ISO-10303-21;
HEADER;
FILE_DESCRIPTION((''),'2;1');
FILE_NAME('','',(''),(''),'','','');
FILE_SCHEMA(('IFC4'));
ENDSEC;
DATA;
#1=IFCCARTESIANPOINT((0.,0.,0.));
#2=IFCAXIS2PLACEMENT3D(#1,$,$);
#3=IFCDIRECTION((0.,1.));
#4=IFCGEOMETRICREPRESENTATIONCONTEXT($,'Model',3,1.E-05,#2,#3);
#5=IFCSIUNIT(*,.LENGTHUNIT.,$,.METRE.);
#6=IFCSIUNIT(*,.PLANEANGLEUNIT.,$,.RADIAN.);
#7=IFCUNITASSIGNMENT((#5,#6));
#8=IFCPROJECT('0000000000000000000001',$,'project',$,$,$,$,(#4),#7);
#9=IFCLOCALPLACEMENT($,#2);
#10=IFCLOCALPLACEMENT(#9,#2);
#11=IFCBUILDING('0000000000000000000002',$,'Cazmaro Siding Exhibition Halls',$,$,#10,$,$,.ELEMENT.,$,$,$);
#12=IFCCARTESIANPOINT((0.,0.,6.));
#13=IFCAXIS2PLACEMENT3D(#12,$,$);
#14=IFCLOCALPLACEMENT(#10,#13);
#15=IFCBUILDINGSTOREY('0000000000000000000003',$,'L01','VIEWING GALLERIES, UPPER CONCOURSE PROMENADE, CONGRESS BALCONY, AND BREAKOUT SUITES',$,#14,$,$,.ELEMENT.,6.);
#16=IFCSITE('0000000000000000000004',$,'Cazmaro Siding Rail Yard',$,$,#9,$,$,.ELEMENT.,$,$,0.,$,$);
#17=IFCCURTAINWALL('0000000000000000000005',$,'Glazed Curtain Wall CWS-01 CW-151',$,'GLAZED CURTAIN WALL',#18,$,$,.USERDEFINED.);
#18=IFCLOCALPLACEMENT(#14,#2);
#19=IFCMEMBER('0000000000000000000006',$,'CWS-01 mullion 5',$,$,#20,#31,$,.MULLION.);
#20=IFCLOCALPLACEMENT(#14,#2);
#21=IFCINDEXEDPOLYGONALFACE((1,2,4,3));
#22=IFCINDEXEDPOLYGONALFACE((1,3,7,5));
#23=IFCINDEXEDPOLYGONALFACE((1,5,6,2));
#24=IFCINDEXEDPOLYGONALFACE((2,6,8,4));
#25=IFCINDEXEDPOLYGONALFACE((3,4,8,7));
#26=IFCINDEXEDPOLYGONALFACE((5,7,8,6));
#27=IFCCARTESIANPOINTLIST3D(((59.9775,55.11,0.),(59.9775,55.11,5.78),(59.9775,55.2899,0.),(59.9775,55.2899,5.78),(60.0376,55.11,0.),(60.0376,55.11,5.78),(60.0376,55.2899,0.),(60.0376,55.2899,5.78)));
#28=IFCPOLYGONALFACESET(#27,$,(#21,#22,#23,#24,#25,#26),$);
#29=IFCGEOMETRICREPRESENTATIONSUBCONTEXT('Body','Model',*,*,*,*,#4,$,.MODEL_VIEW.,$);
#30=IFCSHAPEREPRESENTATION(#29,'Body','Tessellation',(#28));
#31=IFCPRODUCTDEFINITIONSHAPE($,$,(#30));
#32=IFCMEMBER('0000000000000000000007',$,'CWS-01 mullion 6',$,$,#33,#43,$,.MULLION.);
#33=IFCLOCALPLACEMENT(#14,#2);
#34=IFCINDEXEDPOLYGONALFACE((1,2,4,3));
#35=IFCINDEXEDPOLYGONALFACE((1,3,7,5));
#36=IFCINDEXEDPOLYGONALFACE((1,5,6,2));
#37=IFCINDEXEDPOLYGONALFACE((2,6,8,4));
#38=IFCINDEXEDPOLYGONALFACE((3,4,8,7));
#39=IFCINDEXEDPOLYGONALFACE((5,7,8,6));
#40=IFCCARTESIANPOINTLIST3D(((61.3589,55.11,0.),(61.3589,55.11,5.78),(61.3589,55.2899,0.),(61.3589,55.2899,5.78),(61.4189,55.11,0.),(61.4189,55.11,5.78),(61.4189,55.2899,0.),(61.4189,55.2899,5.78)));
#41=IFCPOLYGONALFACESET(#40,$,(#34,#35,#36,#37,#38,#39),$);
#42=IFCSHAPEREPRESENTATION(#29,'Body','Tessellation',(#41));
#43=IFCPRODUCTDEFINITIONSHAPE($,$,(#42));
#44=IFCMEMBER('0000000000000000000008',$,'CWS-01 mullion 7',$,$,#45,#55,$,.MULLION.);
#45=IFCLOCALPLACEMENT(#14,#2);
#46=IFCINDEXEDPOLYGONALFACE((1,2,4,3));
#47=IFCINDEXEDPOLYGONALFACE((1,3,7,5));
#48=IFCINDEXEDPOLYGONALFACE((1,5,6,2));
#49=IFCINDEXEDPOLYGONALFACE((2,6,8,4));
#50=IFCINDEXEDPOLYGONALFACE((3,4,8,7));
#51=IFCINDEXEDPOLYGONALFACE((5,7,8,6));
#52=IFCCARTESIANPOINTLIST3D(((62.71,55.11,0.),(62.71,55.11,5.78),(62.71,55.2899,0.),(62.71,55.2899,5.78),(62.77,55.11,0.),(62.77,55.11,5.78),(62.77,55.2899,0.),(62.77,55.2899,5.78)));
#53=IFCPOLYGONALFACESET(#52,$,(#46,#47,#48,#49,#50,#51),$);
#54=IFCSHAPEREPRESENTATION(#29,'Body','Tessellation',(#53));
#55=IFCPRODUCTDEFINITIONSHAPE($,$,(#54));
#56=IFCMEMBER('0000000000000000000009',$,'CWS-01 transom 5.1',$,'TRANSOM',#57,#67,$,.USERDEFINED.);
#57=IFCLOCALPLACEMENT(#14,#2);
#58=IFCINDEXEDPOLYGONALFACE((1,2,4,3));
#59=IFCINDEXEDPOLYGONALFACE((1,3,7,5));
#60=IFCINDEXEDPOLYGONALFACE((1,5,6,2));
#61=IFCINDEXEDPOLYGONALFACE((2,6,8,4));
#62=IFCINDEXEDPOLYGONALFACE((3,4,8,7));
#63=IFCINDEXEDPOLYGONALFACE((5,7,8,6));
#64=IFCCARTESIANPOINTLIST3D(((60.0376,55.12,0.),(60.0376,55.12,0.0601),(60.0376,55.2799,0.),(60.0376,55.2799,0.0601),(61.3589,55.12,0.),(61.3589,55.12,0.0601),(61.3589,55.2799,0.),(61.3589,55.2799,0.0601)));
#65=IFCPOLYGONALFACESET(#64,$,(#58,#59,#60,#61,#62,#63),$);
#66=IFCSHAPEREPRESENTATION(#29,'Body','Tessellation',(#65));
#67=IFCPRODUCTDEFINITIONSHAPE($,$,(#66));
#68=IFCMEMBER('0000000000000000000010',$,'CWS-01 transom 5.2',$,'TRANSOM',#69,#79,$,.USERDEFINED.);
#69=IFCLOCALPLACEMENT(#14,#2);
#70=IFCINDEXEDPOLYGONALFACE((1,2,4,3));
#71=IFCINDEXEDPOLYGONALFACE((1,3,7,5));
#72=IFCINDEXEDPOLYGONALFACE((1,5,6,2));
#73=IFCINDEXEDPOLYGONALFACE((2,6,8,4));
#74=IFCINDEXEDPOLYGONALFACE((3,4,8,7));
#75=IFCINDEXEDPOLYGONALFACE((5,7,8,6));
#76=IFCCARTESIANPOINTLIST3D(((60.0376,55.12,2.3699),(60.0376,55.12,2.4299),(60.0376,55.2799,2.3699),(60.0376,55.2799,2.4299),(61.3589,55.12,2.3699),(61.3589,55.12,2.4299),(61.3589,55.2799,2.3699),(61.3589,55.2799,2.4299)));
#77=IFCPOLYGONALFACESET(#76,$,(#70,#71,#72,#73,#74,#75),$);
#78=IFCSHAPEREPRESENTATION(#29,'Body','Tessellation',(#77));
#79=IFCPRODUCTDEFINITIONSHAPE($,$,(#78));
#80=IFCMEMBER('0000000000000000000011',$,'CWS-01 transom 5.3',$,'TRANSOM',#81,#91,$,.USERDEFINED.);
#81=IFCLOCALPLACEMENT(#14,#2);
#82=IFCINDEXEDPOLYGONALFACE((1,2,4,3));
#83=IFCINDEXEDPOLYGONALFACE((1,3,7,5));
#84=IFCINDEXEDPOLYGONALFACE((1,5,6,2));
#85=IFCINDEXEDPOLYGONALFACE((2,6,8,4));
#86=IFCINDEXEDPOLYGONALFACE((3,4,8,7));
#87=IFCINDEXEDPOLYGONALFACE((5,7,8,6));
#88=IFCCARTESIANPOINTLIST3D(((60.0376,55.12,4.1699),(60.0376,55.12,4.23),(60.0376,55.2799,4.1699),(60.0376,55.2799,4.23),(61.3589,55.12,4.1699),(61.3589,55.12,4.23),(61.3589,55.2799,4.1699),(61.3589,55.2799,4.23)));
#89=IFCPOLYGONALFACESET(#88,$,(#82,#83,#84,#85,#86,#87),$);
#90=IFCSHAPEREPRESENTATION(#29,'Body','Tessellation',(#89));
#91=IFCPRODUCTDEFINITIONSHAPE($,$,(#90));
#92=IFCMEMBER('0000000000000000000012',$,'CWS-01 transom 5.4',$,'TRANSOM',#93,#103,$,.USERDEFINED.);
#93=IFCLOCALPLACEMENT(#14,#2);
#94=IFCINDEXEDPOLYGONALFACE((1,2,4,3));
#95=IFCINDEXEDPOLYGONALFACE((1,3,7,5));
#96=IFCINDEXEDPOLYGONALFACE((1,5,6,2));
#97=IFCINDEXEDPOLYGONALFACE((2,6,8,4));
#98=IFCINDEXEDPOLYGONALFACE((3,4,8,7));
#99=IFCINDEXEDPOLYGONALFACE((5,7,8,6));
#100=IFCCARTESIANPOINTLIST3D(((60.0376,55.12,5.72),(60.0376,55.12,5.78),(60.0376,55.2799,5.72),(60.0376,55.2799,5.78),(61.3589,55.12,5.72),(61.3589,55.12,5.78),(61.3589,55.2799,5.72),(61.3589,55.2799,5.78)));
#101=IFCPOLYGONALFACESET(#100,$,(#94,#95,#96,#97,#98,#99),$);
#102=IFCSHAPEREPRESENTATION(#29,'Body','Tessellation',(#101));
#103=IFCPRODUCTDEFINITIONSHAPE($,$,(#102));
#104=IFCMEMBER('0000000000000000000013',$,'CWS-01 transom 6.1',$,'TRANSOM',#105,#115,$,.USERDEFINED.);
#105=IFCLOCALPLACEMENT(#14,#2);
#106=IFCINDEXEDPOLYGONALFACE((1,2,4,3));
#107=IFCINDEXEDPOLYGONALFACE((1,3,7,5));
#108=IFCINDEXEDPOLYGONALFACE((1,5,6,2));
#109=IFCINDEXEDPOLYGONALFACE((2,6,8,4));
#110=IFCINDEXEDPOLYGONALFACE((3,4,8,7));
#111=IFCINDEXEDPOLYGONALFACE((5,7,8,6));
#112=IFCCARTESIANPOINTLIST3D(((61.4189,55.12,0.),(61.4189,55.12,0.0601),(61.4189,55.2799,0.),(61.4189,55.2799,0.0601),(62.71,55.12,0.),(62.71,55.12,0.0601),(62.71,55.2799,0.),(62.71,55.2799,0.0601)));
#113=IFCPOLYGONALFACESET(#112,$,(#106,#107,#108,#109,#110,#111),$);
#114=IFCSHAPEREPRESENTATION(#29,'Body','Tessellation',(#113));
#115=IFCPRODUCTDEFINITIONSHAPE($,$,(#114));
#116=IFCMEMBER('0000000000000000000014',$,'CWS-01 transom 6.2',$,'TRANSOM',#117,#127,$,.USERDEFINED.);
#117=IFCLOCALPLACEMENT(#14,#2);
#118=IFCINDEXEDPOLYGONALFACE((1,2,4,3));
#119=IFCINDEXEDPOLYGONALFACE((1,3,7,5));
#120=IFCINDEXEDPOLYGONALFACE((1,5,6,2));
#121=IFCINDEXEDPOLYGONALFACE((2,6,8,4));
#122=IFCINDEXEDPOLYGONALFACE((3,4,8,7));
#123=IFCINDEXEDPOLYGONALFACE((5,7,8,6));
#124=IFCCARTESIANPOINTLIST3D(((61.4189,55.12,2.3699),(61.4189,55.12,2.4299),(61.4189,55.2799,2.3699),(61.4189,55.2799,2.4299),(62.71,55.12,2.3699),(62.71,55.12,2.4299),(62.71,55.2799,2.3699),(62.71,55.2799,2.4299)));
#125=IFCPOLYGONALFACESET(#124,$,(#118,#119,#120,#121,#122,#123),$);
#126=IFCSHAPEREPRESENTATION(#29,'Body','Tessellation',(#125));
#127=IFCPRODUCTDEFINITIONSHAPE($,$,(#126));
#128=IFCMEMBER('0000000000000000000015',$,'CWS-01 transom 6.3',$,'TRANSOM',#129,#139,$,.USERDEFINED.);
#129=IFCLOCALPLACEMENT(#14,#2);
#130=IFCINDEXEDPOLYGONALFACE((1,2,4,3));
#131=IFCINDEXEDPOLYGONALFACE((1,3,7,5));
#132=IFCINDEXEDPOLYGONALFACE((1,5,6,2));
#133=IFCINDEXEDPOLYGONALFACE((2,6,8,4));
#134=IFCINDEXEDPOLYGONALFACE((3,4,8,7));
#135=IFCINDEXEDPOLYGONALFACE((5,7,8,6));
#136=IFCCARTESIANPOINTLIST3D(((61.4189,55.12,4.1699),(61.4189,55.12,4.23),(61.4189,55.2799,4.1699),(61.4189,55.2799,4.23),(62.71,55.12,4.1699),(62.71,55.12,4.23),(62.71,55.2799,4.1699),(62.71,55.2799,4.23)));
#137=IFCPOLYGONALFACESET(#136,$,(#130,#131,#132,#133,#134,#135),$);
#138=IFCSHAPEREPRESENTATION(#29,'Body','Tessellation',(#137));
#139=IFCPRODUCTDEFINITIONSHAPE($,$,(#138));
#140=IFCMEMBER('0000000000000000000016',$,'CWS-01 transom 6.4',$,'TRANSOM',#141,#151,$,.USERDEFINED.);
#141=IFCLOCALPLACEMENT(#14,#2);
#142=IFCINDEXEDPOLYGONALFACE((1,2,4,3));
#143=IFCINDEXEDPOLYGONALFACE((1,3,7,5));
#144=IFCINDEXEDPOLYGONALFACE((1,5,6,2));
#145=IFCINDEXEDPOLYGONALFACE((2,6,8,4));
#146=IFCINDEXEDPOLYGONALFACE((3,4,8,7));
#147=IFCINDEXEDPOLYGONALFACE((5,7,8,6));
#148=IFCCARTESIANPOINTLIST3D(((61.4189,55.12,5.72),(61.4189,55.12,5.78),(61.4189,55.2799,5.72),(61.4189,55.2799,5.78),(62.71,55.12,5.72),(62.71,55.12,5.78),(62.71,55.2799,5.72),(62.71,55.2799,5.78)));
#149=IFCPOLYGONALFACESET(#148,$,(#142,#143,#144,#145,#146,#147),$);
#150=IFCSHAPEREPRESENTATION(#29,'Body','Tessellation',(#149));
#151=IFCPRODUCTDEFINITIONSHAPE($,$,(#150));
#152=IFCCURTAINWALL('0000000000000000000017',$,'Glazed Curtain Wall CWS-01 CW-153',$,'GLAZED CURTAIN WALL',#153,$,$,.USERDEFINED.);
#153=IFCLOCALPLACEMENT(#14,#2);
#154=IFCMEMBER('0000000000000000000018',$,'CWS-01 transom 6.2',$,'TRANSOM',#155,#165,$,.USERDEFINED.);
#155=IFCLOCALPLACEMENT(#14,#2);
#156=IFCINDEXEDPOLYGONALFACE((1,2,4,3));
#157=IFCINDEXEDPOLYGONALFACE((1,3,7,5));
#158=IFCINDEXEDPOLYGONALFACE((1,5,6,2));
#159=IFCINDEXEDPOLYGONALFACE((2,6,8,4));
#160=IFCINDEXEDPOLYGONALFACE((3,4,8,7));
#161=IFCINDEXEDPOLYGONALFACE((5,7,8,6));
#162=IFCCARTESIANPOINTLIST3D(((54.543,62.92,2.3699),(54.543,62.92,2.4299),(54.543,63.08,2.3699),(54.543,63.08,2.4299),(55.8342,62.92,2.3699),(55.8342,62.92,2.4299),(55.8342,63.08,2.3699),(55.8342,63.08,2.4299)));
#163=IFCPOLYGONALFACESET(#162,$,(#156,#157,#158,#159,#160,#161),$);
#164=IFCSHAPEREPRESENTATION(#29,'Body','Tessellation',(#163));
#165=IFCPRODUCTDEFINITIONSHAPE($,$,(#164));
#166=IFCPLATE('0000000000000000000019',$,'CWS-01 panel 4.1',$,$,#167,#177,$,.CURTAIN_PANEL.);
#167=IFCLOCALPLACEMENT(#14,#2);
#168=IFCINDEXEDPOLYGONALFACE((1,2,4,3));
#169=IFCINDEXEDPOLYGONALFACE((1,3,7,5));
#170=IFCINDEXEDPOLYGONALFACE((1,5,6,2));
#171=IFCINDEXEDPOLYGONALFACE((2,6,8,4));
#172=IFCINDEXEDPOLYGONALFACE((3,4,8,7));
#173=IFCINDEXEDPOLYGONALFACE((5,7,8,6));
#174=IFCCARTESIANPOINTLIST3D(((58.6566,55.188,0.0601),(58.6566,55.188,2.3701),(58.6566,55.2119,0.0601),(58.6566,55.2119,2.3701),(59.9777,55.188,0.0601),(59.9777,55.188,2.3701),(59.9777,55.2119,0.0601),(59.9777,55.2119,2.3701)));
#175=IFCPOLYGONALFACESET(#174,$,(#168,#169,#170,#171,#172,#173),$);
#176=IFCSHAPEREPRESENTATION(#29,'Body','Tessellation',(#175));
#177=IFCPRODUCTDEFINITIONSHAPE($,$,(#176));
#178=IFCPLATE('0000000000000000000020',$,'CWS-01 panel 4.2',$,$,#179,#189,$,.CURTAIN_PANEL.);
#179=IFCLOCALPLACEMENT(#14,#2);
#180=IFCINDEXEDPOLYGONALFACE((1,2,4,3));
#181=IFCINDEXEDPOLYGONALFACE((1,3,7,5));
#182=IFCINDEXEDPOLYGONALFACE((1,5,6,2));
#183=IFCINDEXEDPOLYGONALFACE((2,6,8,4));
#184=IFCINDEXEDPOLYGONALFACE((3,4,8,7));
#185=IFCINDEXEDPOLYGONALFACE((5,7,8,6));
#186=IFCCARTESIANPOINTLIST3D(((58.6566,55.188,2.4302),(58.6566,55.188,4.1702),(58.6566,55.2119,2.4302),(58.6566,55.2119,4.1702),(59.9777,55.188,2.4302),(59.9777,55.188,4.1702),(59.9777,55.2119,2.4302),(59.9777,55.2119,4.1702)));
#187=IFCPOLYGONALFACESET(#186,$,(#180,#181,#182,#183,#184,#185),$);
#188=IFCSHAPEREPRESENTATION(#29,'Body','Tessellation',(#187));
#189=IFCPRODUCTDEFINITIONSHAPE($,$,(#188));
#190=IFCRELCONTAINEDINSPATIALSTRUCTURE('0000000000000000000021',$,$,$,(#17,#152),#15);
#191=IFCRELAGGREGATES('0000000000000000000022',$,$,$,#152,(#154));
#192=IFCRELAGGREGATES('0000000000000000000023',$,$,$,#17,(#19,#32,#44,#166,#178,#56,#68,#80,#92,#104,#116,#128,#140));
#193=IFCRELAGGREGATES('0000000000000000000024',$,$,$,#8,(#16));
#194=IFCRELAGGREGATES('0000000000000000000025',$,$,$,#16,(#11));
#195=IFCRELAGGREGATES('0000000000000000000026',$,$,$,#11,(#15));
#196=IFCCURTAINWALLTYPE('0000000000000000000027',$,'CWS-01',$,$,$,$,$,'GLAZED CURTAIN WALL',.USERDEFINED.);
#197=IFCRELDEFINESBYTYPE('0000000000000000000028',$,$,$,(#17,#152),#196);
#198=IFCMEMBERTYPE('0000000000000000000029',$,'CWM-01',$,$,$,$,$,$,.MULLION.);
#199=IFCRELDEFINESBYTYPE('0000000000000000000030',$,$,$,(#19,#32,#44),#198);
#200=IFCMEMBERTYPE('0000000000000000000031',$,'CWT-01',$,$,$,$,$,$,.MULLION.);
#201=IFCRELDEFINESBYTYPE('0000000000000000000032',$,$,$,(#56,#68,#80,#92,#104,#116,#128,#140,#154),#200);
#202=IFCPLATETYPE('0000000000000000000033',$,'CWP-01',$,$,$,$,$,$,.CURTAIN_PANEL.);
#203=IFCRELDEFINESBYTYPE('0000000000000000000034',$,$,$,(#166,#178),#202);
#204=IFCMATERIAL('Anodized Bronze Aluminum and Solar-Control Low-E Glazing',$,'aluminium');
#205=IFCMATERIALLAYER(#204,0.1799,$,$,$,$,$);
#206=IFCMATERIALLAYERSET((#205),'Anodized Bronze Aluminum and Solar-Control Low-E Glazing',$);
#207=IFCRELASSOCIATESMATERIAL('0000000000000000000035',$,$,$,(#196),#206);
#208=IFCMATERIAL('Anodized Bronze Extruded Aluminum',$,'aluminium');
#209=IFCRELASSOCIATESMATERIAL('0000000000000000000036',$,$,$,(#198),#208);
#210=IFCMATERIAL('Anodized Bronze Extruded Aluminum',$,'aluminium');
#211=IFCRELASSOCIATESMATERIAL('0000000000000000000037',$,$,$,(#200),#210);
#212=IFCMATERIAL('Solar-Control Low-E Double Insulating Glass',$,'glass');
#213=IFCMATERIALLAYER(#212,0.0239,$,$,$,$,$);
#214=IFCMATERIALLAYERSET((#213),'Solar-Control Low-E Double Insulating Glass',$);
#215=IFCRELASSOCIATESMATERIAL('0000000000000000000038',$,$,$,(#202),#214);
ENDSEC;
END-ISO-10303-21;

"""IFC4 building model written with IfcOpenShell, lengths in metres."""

from ifc_helpers import new_model, si_unit, direction, frame, origin, origin_2d, place, context, subcontext, project, spatial, rectangle, extrude, material, layer, layer_set, material_profile, profile_set, type_object, element, aggregate, save


model = new_model("IFC4")

# Units and contexts
model_context = context("Model", 3, precision=1e-05, world=origin(), true_north=direction((0.0, 1.0)))
body_context = subcontext(model_context, "Body", "Model", "MODEL_VIEW")
ifc_project = project(units=[si_unit("LENGTHUNIT", "METRE"), si_unit("PLANEANGLEUNIT", "RADIAN")], contexts=[model_context])

# Site, building, storey
site_placement = place(None, origin())
site = spatial("IfcSite", under=ifc_project, at=site_placement, Name="Cazmaro Siding Rail Yard", CompositionType="ELEMENT", RefElevation=0.0)
building_placement = place(site_placement, origin())
building = spatial("IfcBuilding", under=site, at=building_placement, Name="Cazmaro Siding Exhibition Halls", CompositionType="ELEMENT")
storey_placement = place(building_placement, frame((0.0, 0.0, 6.0)))
storey = spatial("IfcBuildingStorey", under=building, at=storey_placement, Name="L01", Description="VIEWING GALLERIES, UPPER CONCOURSE PROMENADE, CONGRESS BALCONY, AND BREAKOUT SUITES", CompositionType="ELEMENT", Elevation=6.0)

# Curtain wall, members
ifc_material_1 = material(Name="Anodized Bronze Aluminum and Solar-Control Low-E Glazing", Category="aluminium")
ifc_layer_1 = layer(ifc_material_1, 0.1799)
ifc_layer_set_1 = layer_set([ifc_layer_1], Name="Anodized Bronze Aluminum and Solar-Control Low-E Glazing")
curtain_wall_type = type_object("IfcCurtainWallType", Name="CWS-01", ElementType="GLAZED CURTAIN WALL", PredefinedType="USERDEFINED", material=ifc_layer_set_1)
curtain_wall_1_placement = place(storey_placement, origin())
curtain_wall_1 = element("IfcCurtainWall", 1, at=curtain_wall_1_placement, inside=storey, type_object=curtain_wall_type, Name="Glazed Curtain Wall CWS-01 CW-151", ObjectType="GLAZED CURTAIN WALL", PredefinedType="USERDEFINED")
ifc_material_2 = material(Name="Anodized Bronze Extruded Aluminum", Category="aluminium")
ifc_material_profile_1 = material_profile(ifc_material_2, rectangle(XDim=0.1799, YDim=0.0601, at=origin_2d()), Name="CWM-01")
ifc_profile_set_1 = profile_set([ifc_material_profile_1], Name="Anodized Bronze Extruded Aluminum")
member_type_1 = type_object("IfcMemberType", Name="CWM-01", PredefinedType="MULLION", material=ifc_profile_set_1)
member_1_placement = place(storey_placement, frame((60.0076, 55.2, 0.0), z_axis=(0.0, 0.0, 1.0), x_axis=(0.0, 1.0, 0.0)))
member_1 = element("IfcMember", 2, at=member_1_placement, type_object=member_type_1, Name="CWS-01 mullion 5", PredefinedType="MULLION", context=body_context, shape_type="SweptSolid", body=[
    extrude(rectangle(XDim=0.1799, YDim=0.0601, at=origin_2d()), origin(), (0.0, 0.0, 1.0), 5.78),
])
member_2_placement = place(storey_placement, frame((61.3889, 55.2, 0.0), z_axis=(0.0, 0.0, 1.0), x_axis=(0.0, 1.0, 0.0)))
member_2 = element("IfcMember", 3, at=member_2_placement, type_object=member_type_1, Name="CWS-01 mullion 6", PredefinedType="MULLION", context=body_context, shape_type="SweptSolid", body=[
    extrude(rectangle(XDim=0.1799, YDim=0.0601, at=origin_2d()), origin(), (0.0, 0.0, 1.0), 5.78),
])
member_3_placement = place(storey_placement, frame((62.74, 55.2, 0.0), z_axis=(0.0, 0.0, 1.0), x_axis=(0.0, 1.0, 0.0)))
member_3 = element("IfcMember", 4, at=member_3_placement, type_object=member_type_1, Name="CWS-01 mullion 7", PredefinedType="MULLION", context=body_context, shape_type="SweptSolid", body=[
    extrude(rectangle(XDim=0.1799, YDim=0.0601, at=origin_2d()), origin(), (0.0, 0.0, 1.0), 5.78),
])
ifc_material_3 = material(Name="Anodized Bronze Extruded Aluminum", Category="aluminium")
ifc_material_profile_2 = material_profile(ifc_material_3, rectangle(XDim=0.1599, YDim=0.0601, at=origin_2d()), Name="CWT-01")
ifc_profile_set_2 = profile_set([ifc_material_profile_2], Name="Anodized Bronze Extruded Aluminum")
member_type_2 = type_object("IfcMemberType", Name="CWT-01", PredefinedType="MULLION", material=ifc_profile_set_2)
member_4_placement = place(storey_placement, frame((60.0376, 55.2, 0.03), z_axis=(1.0, 0.0, 0.0), x_axis=(0.0, 1.0, 0.0)))
member_4 = element("IfcMember", 5, at=member_4_placement, type_object=member_type_2, Name="CWS-01 transom 5.1", ObjectType="TRANSOM", PredefinedType="USERDEFINED", context=body_context, shape_type="SweptSolid", body=[
    extrude(rectangle(XDim=0.1599, YDim=0.0601, at=origin_2d()), origin(), (0.0, 0.0, 1.0), 1.3213),
])
member_5_placement = place(storey_placement, frame((60.0376, 55.2, 2.3999), z_axis=(1.0, 0.0, 0.0), x_axis=(0.0, 1.0, 0.0)))
member_5 = element("IfcMember", 6, at=member_5_placement, type_object=member_type_2, Name="CWS-01 transom 5.2", ObjectType="TRANSOM", PredefinedType="USERDEFINED", context=body_context, shape_type="SweptSolid", body=[
    extrude(rectangle(XDim=0.1599, YDim=0.0601, at=origin_2d()), origin(), (0.0, 0.0, 1.0), 1.3213),
])
member_6_placement = place(storey_placement, frame((60.0376, 55.2, 4.2), z_axis=(1.0, 0.0, 0.0), x_axis=(0.0, 1.0, 0.0)))
member_6 = element("IfcMember", 7, at=member_6_placement, type_object=member_type_2, Name="CWS-01 transom 5.3", ObjectType="TRANSOM", PredefinedType="USERDEFINED", context=body_context, shape_type="SweptSolid", body=[
    extrude(rectangle(XDim=0.1599, YDim=0.0601, at=origin_2d()), origin(), (0.0, 0.0, 1.0), 1.3213),
])
member_7_placement = place(storey_placement, frame((60.0376, 55.2, 5.75), z_axis=(1.0, 0.0, 0.0), x_axis=(0.0, 1.0, 0.0)))
member_7 = element("IfcMember", 8, at=member_7_placement, type_object=member_type_2, Name="CWS-01 transom 5.4", ObjectType="TRANSOM", PredefinedType="USERDEFINED", context=body_context, shape_type="SweptSolid", body=[
    extrude(rectangle(XDim=0.1599, YDim=0.0601, at=origin_2d()), origin(), (0.0, 0.0, 1.0), 1.3213),
])
member_8_placement = place(storey_placement, frame((61.4189, 55.2, 0.03), z_axis=(1.0, 0.0, 0.0), x_axis=(0.0, 1.0, 0.0)))
member_8 = element("IfcMember", 9, at=member_8_placement, type_object=member_type_2, Name="CWS-01 transom 6.1", ObjectType="TRANSOM", PredefinedType="USERDEFINED", context=body_context, shape_type="SweptSolid", body=[
    extrude(rectangle(XDim=0.1599, YDim=0.0601, at=origin_2d()), origin(), (0.0, 0.0, 1.0), 1.291),
])
member_9_placement = place(storey_placement, frame((61.4189, 55.2, 2.3999), z_axis=(1.0, 0.0, 0.0), x_axis=(0.0, 1.0, 0.0)))
member_9 = element("IfcMember", 10, at=member_9_placement, type_object=member_type_2, Name="CWS-01 transom 6.2", ObjectType="TRANSOM", PredefinedType="USERDEFINED", context=body_context, shape_type="SweptSolid", body=[
    extrude(rectangle(XDim=0.1599, YDim=0.0601, at=origin_2d()), origin(), (0.0, 0.0, 1.0), 1.291),
])
member_10_placement = place(storey_placement, frame((61.4189, 55.2, 4.2), z_axis=(1.0, 0.0, 0.0), x_axis=(0.0, 1.0, 0.0)))
member_10 = element("IfcMember", 11, at=member_10_placement, type_object=member_type_2, Name="CWS-01 transom 6.3", ObjectType="TRANSOM", PredefinedType="USERDEFINED", context=body_context, shape_type="SweptSolid", body=[
    extrude(rectangle(XDim=0.1599, YDim=0.0601, at=origin_2d()), origin(), (0.0, 0.0, 1.0), 1.291),
])
member_11_placement = place(storey_placement, frame((61.4189, 55.2, 5.75), z_axis=(1.0, 0.0, 0.0), x_axis=(0.0, 1.0, 0.0)))
member_11 = element("IfcMember", 12, at=member_11_placement, type_object=member_type_2, Name="CWS-01 transom 6.4", ObjectType="TRANSOM", PredefinedType="USERDEFINED", context=body_context, shape_type="SweptSolid", body=[
    extrude(rectangle(XDim=0.1599, YDim=0.0601, at=origin_2d()), origin(), (0.0, 0.0, 1.0), 1.291),
])

# Curtain wall, member
curtain_wall_2_placement = place(storey_placement, origin())
curtain_wall_2 = element("IfcCurtainWall", 13, at=curtain_wall_2_placement, inside=storey, type_object=curtain_wall_type, Name="Glazed Curtain Wall CWS-01 CW-153", ObjectType="GLAZED CURTAIN WALL", PredefinedType="USERDEFINED")
member_12_placement = place(storey_placement, frame((55.8342, 63.0, 2.3999), z_axis=(-1.0, 0.0, 0.0), x_axis=(0.0, -1.0, 0.0)))
member_12 = element("IfcMember", 14, at=member_12_placement, type_object=member_type_2, Name="CWS-01 transom 6.2", ObjectType="TRANSOM", PredefinedType="USERDEFINED", context=body_context, shape_type="SweptSolid", body=[
    extrude(rectangle(XDim=0.1599, YDim=0.0601, at=origin_2d()), origin(), (0.0, 0.0, 1.0), 1.2913),
])
aggregate(curtain_wall_2, [member_12])

# Plates
ifc_material_4 = material(Name="Solar-Control Low-E Double Insulating Glass", Category="glass")
ifc_layer_2 = layer(ifc_material_4, 0.0239)
ifc_layer_set_2 = layer_set([ifc_layer_2], Name="Solar-Control Low-E Double Insulating Glass")
plate_type = type_object("IfcPlateType", Name="CWP-01", PredefinedType="CURTAIN_PANEL", material=ifc_layer_set_2)
plate_1_placement = place(storey_placement, frame((59.3171, 55.2, 0.0601), z_axis=(0.0, 0.0, 1.0), x_axis=(1.0, 0.0, 0.0)))
plate_1 = element("IfcPlate", 15, at=plate_1_placement, type_object=plate_type, Name="CWS-01 panel 4.1", PredefinedType="CURTAIN_PANEL", context=body_context, shape_type="SweptSolid", body=[
    extrude(rectangle(XDim=1.321, YDim=0.0239, at=origin_2d()), origin(), (0.0, 0.0, 1.0), 2.3101),
])
plate_2_placement = place(storey_placement, frame((59.3171, 55.2, 2.4302), z_axis=(0.0, 0.0, 1.0), x_axis=(1.0, 0.0, 0.0)))
plate_2 = element("IfcPlate", 16, at=plate_2_placement, type_object=plate_type, Name="CWS-01 panel 4.2", PredefinedType="CURTAIN_PANEL", context=body_context, shape_type="SweptSolid", body=[
    extrude(rectangle(XDim=1.321, YDim=0.0239, at=origin_2d()), origin(), (0.0, 0.0, 1.0), 1.74),
])
aggregate(curtain_wall_1, [member_1, member_2, member_3, plate_1, plate_2, member_4, member_5, member_6, member_7, member_8, member_9, member_10, member_11])

save(model, "model.ifc")
